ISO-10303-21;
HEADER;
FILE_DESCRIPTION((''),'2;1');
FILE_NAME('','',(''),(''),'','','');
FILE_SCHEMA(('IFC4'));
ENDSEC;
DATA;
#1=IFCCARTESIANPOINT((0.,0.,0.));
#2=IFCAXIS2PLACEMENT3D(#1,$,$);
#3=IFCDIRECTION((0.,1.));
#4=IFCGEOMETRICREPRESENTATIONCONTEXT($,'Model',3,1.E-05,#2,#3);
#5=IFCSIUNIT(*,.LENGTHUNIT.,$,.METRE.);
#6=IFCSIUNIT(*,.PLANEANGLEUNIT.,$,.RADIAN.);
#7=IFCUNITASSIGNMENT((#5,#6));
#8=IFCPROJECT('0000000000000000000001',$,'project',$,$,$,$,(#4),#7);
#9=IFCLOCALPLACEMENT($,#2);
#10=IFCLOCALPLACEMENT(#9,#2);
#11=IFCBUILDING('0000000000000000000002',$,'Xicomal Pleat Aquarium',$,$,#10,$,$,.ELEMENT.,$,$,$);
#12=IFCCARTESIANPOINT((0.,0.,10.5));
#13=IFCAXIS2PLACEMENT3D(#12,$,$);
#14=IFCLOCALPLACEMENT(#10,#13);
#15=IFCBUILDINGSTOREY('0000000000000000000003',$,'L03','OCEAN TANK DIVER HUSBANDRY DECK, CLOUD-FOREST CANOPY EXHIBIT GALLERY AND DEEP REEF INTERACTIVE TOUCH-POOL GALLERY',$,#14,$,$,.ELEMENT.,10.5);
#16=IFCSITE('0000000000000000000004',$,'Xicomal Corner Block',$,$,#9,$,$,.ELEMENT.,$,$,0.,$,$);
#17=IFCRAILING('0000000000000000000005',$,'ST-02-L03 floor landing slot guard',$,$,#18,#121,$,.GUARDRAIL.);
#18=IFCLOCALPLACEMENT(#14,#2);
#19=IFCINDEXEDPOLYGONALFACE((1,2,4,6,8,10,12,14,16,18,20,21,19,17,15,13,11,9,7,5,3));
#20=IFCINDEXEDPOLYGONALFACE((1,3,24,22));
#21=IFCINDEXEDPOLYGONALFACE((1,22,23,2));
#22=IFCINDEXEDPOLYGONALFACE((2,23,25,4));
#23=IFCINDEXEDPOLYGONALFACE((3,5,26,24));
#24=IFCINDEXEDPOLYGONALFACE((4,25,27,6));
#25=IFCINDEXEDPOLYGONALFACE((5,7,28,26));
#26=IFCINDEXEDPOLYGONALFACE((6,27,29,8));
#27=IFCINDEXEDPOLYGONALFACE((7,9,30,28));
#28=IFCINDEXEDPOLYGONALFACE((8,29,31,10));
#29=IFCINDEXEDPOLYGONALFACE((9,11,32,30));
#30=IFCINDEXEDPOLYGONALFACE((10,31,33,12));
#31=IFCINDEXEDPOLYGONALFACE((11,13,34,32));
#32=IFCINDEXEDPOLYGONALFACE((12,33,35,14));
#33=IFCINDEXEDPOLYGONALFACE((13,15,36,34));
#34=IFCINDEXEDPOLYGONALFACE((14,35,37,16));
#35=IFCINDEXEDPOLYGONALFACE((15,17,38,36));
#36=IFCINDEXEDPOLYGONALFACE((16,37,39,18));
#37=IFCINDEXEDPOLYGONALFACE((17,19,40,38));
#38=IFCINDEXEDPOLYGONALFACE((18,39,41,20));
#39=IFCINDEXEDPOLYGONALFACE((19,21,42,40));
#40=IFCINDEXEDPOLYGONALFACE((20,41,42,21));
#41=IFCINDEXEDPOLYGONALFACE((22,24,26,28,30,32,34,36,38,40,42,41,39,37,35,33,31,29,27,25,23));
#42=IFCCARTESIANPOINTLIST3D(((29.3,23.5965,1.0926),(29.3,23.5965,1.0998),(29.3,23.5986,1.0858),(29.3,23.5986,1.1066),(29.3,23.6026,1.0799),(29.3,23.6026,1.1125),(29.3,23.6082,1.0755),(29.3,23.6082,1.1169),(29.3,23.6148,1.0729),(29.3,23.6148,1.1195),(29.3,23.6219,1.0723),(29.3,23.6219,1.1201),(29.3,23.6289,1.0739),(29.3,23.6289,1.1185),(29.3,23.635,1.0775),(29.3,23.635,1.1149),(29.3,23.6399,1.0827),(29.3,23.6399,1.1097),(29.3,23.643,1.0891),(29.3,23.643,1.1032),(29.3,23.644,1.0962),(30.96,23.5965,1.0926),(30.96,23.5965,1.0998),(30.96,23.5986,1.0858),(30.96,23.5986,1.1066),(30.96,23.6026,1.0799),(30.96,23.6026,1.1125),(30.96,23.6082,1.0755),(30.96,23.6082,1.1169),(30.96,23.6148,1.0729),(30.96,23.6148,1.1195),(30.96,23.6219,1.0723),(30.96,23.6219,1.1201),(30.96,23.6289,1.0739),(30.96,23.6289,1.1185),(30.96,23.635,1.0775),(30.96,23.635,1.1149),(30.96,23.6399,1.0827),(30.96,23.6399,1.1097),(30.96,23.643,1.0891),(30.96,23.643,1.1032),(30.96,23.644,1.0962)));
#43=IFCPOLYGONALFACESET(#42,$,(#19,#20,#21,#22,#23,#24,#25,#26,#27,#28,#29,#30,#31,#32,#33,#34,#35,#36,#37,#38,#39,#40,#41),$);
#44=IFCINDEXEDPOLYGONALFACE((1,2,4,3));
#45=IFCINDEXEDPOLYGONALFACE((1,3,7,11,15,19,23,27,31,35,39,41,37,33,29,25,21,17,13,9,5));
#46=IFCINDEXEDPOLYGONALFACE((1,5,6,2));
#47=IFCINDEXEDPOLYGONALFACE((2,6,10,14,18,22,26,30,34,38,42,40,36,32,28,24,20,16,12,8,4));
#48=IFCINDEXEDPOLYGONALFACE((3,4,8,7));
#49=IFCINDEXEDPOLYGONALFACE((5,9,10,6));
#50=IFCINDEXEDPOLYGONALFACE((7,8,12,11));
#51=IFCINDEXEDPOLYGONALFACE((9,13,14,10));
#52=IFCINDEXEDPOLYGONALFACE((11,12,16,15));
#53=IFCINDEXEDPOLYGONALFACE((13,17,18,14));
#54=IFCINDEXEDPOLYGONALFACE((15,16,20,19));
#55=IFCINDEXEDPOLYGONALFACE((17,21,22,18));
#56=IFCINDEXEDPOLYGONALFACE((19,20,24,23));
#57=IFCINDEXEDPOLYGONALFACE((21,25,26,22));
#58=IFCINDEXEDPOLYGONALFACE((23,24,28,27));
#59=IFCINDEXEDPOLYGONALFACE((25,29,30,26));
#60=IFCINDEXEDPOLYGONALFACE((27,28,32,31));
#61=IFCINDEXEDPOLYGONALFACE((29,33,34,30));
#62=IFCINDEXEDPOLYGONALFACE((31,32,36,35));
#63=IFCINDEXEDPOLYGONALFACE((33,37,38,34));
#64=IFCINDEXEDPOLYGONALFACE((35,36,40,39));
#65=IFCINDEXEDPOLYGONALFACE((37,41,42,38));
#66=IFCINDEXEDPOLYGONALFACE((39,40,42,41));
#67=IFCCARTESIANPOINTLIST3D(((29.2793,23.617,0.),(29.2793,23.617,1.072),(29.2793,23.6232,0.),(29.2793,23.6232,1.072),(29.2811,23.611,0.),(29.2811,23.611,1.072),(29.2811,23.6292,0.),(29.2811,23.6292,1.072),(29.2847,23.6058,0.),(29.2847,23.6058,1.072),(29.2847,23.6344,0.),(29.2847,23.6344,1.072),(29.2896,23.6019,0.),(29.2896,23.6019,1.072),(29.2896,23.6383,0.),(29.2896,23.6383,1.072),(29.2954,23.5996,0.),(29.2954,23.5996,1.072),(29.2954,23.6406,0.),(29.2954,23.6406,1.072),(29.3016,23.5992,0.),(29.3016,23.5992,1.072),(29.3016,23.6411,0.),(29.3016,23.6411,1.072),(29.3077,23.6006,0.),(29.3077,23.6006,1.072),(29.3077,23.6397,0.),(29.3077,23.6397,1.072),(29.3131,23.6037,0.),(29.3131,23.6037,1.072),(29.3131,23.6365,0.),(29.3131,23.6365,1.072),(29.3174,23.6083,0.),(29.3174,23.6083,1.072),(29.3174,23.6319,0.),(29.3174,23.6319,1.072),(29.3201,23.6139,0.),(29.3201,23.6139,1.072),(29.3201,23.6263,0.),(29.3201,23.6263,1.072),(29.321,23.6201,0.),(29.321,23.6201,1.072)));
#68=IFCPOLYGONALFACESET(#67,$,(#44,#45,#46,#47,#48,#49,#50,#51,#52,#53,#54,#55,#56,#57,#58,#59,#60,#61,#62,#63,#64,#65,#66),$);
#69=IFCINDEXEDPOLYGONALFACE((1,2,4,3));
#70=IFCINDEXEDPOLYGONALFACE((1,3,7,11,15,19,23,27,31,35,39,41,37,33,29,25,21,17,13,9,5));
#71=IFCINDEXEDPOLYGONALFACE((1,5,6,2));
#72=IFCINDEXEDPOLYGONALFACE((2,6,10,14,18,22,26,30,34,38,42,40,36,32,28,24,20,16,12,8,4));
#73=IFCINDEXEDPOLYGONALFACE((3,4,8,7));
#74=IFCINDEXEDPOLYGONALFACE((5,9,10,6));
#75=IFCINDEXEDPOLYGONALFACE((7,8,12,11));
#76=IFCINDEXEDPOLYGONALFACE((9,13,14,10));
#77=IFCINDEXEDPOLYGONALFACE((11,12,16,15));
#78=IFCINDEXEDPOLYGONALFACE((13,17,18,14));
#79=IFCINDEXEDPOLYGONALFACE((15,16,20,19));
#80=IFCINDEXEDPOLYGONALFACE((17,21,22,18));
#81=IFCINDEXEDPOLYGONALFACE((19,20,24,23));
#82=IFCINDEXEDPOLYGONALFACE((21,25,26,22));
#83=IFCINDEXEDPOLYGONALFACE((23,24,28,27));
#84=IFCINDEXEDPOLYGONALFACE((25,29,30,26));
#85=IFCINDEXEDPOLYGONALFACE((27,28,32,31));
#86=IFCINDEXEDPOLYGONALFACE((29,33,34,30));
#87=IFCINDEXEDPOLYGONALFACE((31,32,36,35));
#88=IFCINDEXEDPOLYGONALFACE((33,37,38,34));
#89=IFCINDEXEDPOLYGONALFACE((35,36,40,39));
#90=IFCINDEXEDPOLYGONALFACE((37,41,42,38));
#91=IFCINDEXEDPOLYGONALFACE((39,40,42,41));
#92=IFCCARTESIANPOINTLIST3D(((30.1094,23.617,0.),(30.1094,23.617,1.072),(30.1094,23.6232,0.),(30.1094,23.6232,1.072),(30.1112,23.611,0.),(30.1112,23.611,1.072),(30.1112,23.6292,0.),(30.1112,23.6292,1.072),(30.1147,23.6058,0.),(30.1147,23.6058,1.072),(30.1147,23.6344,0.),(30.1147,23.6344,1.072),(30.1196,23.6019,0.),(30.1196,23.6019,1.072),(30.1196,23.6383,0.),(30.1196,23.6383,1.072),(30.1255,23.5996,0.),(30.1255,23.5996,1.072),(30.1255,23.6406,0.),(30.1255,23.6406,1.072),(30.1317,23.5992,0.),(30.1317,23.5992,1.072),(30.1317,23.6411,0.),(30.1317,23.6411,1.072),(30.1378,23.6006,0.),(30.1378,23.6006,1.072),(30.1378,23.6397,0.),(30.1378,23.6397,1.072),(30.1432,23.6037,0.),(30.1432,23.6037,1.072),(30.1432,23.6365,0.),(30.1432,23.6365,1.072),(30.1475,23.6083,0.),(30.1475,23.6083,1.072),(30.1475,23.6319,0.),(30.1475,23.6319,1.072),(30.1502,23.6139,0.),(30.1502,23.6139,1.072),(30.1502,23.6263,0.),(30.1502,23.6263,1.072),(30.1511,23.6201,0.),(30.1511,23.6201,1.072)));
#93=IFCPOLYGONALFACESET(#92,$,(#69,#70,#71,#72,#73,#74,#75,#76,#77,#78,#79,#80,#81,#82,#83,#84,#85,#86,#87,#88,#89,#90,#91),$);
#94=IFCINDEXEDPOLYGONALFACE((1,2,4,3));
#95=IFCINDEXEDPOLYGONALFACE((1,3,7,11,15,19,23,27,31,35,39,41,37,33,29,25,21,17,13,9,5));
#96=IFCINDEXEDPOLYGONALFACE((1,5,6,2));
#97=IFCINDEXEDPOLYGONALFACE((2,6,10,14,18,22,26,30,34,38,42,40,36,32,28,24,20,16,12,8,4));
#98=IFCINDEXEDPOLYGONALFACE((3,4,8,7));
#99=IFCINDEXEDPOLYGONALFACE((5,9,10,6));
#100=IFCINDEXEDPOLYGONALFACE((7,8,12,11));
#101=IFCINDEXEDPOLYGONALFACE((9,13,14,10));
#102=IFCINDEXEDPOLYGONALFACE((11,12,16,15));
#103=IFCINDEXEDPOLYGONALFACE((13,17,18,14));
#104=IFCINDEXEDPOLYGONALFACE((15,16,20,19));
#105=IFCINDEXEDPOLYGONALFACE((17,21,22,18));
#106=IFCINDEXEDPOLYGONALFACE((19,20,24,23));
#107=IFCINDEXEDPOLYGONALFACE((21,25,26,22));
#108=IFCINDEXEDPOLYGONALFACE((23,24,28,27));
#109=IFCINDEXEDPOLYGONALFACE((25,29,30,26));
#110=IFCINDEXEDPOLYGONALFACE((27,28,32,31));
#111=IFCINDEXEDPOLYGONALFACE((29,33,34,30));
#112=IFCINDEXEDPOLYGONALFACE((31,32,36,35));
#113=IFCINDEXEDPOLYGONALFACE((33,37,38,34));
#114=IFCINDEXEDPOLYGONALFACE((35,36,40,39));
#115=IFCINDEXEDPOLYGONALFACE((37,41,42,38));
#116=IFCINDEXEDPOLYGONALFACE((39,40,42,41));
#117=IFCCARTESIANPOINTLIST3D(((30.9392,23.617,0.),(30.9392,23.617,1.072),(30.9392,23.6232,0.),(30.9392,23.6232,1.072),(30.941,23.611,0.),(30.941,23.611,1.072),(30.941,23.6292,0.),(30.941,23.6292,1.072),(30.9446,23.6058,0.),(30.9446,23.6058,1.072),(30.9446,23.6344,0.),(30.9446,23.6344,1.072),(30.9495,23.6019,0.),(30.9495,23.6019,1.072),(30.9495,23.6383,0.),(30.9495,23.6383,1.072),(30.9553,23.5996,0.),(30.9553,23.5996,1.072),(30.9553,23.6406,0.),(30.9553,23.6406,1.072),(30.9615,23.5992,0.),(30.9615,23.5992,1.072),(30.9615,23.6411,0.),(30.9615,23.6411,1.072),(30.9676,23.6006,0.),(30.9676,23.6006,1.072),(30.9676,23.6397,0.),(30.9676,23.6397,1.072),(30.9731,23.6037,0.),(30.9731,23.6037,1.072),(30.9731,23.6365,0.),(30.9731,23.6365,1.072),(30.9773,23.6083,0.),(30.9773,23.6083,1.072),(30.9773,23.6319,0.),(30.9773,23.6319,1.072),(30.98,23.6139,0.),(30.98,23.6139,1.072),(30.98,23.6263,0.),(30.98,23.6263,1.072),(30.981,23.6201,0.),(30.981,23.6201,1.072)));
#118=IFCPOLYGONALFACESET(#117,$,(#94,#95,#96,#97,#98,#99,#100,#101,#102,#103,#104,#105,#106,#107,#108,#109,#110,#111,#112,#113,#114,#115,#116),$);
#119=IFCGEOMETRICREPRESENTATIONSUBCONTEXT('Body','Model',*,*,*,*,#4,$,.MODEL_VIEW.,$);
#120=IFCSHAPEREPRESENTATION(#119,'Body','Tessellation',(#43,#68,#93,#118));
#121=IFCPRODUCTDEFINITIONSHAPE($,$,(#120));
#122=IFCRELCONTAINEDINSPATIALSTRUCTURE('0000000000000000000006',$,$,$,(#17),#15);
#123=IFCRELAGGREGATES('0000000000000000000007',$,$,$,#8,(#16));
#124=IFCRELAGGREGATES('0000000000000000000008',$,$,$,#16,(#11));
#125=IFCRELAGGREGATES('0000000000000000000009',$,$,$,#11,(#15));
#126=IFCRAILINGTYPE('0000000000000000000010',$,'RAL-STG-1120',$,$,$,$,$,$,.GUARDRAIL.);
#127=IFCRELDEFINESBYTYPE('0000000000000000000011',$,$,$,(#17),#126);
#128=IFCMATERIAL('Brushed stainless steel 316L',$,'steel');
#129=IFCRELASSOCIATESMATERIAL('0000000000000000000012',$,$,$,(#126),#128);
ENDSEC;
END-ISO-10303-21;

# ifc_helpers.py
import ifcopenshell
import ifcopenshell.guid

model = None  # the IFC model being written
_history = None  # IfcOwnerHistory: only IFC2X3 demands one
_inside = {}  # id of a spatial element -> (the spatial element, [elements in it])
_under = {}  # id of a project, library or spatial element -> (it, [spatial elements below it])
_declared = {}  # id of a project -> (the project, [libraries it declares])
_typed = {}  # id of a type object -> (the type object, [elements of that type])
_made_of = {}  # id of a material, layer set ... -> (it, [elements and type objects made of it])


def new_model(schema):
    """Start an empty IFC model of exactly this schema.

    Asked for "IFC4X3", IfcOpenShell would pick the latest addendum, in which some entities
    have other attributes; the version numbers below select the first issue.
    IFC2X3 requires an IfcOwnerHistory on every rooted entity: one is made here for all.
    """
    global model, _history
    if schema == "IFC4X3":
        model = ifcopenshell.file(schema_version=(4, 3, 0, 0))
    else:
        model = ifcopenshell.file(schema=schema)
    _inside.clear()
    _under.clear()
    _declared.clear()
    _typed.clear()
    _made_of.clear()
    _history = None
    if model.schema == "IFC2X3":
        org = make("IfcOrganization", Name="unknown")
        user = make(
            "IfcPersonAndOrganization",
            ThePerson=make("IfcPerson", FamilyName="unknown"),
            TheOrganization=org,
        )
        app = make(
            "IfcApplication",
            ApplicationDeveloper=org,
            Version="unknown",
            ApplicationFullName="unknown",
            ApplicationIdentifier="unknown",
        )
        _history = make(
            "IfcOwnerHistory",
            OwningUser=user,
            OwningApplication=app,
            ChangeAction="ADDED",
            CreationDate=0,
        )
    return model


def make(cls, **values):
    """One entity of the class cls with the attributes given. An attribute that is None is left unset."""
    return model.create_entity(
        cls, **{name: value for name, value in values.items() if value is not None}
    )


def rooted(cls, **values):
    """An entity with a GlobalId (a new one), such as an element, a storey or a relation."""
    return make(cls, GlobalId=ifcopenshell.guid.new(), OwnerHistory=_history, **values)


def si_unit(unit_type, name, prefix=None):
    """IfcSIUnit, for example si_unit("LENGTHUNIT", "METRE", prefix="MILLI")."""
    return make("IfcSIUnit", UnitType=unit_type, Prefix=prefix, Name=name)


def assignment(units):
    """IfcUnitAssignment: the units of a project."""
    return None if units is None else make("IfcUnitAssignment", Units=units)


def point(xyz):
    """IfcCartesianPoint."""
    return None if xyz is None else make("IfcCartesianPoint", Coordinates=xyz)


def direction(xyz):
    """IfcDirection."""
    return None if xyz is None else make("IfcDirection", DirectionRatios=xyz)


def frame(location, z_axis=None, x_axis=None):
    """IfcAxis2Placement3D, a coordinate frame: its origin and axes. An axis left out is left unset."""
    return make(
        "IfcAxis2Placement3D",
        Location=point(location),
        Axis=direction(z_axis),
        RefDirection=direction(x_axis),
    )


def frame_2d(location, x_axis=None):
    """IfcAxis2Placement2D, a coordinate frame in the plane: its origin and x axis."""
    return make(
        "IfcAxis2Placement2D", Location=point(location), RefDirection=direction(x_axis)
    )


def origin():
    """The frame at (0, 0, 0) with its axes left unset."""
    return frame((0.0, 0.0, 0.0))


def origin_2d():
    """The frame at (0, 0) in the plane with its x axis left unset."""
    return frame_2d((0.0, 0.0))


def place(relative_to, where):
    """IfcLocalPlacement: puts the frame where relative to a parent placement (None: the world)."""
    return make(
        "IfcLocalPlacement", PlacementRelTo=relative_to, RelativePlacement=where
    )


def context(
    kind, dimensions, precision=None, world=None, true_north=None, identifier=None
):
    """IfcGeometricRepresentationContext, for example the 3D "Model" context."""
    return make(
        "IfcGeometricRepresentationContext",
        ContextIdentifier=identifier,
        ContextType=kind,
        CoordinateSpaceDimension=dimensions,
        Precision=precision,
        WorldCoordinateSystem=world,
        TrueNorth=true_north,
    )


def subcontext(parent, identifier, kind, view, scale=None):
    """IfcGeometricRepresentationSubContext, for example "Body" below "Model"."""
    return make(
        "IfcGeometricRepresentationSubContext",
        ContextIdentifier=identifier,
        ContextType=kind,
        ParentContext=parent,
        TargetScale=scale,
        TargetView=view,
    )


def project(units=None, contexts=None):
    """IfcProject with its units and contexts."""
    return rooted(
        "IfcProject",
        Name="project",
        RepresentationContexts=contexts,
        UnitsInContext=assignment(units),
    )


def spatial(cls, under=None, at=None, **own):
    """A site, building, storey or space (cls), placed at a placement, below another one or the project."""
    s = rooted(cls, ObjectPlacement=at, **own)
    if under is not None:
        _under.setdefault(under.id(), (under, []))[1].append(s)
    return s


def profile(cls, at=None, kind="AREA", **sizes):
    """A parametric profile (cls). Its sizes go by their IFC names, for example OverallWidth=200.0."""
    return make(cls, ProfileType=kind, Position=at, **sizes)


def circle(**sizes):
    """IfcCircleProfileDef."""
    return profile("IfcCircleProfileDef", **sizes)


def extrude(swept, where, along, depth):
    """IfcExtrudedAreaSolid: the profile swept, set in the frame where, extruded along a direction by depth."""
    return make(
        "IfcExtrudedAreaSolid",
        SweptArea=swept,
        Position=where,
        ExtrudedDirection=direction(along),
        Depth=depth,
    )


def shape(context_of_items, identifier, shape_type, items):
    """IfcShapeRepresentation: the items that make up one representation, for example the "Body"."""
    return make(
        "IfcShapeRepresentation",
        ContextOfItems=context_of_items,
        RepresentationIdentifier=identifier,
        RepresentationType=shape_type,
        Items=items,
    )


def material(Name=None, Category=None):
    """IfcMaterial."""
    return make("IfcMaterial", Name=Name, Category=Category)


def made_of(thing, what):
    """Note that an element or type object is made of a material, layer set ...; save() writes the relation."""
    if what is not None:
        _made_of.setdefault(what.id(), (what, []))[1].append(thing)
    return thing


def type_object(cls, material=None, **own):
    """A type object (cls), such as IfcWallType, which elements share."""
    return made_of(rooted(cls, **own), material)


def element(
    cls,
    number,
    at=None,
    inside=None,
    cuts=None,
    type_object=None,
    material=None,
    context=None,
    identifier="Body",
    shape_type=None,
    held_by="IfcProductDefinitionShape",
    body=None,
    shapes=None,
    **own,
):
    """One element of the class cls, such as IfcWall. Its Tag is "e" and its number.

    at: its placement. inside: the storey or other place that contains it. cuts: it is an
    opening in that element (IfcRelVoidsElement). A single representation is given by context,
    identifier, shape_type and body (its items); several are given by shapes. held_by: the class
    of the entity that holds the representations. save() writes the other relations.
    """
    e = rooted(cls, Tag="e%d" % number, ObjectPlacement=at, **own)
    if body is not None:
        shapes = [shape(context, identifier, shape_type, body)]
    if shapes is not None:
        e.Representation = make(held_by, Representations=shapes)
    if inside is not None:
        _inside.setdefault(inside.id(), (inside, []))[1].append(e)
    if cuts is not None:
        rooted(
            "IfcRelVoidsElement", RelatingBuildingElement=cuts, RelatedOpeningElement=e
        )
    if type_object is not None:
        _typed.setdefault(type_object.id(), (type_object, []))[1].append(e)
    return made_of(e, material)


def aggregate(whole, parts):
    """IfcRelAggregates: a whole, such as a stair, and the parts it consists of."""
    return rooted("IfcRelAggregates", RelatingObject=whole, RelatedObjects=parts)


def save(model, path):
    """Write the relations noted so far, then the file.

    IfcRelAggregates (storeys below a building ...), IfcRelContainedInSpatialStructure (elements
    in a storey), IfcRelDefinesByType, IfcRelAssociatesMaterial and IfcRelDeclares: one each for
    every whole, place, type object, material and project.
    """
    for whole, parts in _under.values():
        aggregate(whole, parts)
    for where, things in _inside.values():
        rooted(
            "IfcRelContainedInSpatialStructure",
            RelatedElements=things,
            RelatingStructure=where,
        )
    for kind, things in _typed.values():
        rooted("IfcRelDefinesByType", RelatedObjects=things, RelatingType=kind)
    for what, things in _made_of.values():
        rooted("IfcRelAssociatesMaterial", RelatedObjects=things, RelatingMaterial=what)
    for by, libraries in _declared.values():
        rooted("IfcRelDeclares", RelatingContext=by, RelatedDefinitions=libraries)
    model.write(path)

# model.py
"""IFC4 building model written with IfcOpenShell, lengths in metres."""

from ifc_helpers import new_model, si_unit, direction, frame, origin, origin_2d, place, context, subcontext, project, spatial, circle, extrude, material, type_object, element, save


model = new_model("IFC4")

# Units and contexts
model_context = context("Model", 3, precision=1e-05, world=origin(), true_north=direction((0.0, 1.0)))
body_context = subcontext(model_context, "Body", "Model", "MODEL_VIEW")
ifc_project = project(units=[si_unit("LENGTHUNIT", "METRE"), si_unit("PLANEANGLEUNIT", "RADIAN")], contexts=[model_context])

# Site, building, storey
site_placement = place(None, origin())
site = spatial("IfcSite", under=ifc_project, at=site_placement, Name="Xicomal Corner Block", CompositionType="ELEMENT", RefElevation=0.0)
building_placement = place(site_placement, origin())
building = spatial("IfcBuilding", under=site, at=building_placement, Name="Xicomal Pleat Aquarium", CompositionType="ELEMENT")
storey_placement = place(building_placement, frame((0.0, 0.0, 10.5)))
storey = spatial("IfcBuildingStorey", under=building, at=storey_placement, Name="L03", Description="OCEAN TANK DIVER HUSBANDRY DECK, CLOUD-FOREST CANOPY EXHIBIT GALLERY AND DEEP REEF INTERACTIVE TOUCH-POOL GALLERY", CompositionType="ELEMENT", Elevation=10.5)

# Railing
ifc_material_1 = material(Name="Brushed stainless steel 316L", Category="steel")
railing_type_1 = type_object("IfcRailingType", Name="RAL-STG-1120", PredefinedType="GUARDRAIL", material=ifc_material_1)
railing_1_placement = place(storey_placement, frame((29.3, 23.6201, 0.0)))
element("IfcRailing", 1, at=railing_1_placement, inside=storey, type_object=railing_type_1, Name="ST-02-L03 floor landing slot guard", PredefinedType="GUARDRAIL", context=body_context, shape_type="SweptSolid", body=[
    extrude(circle(Radius=0.0239, at=origin_2d()), frame((0.0, 0.0, 1.0962), z_axis=(1.0, 0.0, 0.0), x_axis=(0.0, 1.0, 0.0)), (0.0, 0.0, 1.0), 1.6599),
    extrude(circle(Radius=0.021, at=origin_2d()), origin(), (0.0, 0.0, 1.0), 1.072),
    extrude(circle(Radius=0.021, at=origin_2d()), frame((0.8301, 0.0, 0.0)), (0.0, 0.0, 1.0), 1.072),
    extrude(circle(Radius=0.021, at=origin_2d()), frame((1.6599, 0.0, 0.0)), (0.0, 0.0, 1.0), 1.072),
])

save(model, "model.ifc")
